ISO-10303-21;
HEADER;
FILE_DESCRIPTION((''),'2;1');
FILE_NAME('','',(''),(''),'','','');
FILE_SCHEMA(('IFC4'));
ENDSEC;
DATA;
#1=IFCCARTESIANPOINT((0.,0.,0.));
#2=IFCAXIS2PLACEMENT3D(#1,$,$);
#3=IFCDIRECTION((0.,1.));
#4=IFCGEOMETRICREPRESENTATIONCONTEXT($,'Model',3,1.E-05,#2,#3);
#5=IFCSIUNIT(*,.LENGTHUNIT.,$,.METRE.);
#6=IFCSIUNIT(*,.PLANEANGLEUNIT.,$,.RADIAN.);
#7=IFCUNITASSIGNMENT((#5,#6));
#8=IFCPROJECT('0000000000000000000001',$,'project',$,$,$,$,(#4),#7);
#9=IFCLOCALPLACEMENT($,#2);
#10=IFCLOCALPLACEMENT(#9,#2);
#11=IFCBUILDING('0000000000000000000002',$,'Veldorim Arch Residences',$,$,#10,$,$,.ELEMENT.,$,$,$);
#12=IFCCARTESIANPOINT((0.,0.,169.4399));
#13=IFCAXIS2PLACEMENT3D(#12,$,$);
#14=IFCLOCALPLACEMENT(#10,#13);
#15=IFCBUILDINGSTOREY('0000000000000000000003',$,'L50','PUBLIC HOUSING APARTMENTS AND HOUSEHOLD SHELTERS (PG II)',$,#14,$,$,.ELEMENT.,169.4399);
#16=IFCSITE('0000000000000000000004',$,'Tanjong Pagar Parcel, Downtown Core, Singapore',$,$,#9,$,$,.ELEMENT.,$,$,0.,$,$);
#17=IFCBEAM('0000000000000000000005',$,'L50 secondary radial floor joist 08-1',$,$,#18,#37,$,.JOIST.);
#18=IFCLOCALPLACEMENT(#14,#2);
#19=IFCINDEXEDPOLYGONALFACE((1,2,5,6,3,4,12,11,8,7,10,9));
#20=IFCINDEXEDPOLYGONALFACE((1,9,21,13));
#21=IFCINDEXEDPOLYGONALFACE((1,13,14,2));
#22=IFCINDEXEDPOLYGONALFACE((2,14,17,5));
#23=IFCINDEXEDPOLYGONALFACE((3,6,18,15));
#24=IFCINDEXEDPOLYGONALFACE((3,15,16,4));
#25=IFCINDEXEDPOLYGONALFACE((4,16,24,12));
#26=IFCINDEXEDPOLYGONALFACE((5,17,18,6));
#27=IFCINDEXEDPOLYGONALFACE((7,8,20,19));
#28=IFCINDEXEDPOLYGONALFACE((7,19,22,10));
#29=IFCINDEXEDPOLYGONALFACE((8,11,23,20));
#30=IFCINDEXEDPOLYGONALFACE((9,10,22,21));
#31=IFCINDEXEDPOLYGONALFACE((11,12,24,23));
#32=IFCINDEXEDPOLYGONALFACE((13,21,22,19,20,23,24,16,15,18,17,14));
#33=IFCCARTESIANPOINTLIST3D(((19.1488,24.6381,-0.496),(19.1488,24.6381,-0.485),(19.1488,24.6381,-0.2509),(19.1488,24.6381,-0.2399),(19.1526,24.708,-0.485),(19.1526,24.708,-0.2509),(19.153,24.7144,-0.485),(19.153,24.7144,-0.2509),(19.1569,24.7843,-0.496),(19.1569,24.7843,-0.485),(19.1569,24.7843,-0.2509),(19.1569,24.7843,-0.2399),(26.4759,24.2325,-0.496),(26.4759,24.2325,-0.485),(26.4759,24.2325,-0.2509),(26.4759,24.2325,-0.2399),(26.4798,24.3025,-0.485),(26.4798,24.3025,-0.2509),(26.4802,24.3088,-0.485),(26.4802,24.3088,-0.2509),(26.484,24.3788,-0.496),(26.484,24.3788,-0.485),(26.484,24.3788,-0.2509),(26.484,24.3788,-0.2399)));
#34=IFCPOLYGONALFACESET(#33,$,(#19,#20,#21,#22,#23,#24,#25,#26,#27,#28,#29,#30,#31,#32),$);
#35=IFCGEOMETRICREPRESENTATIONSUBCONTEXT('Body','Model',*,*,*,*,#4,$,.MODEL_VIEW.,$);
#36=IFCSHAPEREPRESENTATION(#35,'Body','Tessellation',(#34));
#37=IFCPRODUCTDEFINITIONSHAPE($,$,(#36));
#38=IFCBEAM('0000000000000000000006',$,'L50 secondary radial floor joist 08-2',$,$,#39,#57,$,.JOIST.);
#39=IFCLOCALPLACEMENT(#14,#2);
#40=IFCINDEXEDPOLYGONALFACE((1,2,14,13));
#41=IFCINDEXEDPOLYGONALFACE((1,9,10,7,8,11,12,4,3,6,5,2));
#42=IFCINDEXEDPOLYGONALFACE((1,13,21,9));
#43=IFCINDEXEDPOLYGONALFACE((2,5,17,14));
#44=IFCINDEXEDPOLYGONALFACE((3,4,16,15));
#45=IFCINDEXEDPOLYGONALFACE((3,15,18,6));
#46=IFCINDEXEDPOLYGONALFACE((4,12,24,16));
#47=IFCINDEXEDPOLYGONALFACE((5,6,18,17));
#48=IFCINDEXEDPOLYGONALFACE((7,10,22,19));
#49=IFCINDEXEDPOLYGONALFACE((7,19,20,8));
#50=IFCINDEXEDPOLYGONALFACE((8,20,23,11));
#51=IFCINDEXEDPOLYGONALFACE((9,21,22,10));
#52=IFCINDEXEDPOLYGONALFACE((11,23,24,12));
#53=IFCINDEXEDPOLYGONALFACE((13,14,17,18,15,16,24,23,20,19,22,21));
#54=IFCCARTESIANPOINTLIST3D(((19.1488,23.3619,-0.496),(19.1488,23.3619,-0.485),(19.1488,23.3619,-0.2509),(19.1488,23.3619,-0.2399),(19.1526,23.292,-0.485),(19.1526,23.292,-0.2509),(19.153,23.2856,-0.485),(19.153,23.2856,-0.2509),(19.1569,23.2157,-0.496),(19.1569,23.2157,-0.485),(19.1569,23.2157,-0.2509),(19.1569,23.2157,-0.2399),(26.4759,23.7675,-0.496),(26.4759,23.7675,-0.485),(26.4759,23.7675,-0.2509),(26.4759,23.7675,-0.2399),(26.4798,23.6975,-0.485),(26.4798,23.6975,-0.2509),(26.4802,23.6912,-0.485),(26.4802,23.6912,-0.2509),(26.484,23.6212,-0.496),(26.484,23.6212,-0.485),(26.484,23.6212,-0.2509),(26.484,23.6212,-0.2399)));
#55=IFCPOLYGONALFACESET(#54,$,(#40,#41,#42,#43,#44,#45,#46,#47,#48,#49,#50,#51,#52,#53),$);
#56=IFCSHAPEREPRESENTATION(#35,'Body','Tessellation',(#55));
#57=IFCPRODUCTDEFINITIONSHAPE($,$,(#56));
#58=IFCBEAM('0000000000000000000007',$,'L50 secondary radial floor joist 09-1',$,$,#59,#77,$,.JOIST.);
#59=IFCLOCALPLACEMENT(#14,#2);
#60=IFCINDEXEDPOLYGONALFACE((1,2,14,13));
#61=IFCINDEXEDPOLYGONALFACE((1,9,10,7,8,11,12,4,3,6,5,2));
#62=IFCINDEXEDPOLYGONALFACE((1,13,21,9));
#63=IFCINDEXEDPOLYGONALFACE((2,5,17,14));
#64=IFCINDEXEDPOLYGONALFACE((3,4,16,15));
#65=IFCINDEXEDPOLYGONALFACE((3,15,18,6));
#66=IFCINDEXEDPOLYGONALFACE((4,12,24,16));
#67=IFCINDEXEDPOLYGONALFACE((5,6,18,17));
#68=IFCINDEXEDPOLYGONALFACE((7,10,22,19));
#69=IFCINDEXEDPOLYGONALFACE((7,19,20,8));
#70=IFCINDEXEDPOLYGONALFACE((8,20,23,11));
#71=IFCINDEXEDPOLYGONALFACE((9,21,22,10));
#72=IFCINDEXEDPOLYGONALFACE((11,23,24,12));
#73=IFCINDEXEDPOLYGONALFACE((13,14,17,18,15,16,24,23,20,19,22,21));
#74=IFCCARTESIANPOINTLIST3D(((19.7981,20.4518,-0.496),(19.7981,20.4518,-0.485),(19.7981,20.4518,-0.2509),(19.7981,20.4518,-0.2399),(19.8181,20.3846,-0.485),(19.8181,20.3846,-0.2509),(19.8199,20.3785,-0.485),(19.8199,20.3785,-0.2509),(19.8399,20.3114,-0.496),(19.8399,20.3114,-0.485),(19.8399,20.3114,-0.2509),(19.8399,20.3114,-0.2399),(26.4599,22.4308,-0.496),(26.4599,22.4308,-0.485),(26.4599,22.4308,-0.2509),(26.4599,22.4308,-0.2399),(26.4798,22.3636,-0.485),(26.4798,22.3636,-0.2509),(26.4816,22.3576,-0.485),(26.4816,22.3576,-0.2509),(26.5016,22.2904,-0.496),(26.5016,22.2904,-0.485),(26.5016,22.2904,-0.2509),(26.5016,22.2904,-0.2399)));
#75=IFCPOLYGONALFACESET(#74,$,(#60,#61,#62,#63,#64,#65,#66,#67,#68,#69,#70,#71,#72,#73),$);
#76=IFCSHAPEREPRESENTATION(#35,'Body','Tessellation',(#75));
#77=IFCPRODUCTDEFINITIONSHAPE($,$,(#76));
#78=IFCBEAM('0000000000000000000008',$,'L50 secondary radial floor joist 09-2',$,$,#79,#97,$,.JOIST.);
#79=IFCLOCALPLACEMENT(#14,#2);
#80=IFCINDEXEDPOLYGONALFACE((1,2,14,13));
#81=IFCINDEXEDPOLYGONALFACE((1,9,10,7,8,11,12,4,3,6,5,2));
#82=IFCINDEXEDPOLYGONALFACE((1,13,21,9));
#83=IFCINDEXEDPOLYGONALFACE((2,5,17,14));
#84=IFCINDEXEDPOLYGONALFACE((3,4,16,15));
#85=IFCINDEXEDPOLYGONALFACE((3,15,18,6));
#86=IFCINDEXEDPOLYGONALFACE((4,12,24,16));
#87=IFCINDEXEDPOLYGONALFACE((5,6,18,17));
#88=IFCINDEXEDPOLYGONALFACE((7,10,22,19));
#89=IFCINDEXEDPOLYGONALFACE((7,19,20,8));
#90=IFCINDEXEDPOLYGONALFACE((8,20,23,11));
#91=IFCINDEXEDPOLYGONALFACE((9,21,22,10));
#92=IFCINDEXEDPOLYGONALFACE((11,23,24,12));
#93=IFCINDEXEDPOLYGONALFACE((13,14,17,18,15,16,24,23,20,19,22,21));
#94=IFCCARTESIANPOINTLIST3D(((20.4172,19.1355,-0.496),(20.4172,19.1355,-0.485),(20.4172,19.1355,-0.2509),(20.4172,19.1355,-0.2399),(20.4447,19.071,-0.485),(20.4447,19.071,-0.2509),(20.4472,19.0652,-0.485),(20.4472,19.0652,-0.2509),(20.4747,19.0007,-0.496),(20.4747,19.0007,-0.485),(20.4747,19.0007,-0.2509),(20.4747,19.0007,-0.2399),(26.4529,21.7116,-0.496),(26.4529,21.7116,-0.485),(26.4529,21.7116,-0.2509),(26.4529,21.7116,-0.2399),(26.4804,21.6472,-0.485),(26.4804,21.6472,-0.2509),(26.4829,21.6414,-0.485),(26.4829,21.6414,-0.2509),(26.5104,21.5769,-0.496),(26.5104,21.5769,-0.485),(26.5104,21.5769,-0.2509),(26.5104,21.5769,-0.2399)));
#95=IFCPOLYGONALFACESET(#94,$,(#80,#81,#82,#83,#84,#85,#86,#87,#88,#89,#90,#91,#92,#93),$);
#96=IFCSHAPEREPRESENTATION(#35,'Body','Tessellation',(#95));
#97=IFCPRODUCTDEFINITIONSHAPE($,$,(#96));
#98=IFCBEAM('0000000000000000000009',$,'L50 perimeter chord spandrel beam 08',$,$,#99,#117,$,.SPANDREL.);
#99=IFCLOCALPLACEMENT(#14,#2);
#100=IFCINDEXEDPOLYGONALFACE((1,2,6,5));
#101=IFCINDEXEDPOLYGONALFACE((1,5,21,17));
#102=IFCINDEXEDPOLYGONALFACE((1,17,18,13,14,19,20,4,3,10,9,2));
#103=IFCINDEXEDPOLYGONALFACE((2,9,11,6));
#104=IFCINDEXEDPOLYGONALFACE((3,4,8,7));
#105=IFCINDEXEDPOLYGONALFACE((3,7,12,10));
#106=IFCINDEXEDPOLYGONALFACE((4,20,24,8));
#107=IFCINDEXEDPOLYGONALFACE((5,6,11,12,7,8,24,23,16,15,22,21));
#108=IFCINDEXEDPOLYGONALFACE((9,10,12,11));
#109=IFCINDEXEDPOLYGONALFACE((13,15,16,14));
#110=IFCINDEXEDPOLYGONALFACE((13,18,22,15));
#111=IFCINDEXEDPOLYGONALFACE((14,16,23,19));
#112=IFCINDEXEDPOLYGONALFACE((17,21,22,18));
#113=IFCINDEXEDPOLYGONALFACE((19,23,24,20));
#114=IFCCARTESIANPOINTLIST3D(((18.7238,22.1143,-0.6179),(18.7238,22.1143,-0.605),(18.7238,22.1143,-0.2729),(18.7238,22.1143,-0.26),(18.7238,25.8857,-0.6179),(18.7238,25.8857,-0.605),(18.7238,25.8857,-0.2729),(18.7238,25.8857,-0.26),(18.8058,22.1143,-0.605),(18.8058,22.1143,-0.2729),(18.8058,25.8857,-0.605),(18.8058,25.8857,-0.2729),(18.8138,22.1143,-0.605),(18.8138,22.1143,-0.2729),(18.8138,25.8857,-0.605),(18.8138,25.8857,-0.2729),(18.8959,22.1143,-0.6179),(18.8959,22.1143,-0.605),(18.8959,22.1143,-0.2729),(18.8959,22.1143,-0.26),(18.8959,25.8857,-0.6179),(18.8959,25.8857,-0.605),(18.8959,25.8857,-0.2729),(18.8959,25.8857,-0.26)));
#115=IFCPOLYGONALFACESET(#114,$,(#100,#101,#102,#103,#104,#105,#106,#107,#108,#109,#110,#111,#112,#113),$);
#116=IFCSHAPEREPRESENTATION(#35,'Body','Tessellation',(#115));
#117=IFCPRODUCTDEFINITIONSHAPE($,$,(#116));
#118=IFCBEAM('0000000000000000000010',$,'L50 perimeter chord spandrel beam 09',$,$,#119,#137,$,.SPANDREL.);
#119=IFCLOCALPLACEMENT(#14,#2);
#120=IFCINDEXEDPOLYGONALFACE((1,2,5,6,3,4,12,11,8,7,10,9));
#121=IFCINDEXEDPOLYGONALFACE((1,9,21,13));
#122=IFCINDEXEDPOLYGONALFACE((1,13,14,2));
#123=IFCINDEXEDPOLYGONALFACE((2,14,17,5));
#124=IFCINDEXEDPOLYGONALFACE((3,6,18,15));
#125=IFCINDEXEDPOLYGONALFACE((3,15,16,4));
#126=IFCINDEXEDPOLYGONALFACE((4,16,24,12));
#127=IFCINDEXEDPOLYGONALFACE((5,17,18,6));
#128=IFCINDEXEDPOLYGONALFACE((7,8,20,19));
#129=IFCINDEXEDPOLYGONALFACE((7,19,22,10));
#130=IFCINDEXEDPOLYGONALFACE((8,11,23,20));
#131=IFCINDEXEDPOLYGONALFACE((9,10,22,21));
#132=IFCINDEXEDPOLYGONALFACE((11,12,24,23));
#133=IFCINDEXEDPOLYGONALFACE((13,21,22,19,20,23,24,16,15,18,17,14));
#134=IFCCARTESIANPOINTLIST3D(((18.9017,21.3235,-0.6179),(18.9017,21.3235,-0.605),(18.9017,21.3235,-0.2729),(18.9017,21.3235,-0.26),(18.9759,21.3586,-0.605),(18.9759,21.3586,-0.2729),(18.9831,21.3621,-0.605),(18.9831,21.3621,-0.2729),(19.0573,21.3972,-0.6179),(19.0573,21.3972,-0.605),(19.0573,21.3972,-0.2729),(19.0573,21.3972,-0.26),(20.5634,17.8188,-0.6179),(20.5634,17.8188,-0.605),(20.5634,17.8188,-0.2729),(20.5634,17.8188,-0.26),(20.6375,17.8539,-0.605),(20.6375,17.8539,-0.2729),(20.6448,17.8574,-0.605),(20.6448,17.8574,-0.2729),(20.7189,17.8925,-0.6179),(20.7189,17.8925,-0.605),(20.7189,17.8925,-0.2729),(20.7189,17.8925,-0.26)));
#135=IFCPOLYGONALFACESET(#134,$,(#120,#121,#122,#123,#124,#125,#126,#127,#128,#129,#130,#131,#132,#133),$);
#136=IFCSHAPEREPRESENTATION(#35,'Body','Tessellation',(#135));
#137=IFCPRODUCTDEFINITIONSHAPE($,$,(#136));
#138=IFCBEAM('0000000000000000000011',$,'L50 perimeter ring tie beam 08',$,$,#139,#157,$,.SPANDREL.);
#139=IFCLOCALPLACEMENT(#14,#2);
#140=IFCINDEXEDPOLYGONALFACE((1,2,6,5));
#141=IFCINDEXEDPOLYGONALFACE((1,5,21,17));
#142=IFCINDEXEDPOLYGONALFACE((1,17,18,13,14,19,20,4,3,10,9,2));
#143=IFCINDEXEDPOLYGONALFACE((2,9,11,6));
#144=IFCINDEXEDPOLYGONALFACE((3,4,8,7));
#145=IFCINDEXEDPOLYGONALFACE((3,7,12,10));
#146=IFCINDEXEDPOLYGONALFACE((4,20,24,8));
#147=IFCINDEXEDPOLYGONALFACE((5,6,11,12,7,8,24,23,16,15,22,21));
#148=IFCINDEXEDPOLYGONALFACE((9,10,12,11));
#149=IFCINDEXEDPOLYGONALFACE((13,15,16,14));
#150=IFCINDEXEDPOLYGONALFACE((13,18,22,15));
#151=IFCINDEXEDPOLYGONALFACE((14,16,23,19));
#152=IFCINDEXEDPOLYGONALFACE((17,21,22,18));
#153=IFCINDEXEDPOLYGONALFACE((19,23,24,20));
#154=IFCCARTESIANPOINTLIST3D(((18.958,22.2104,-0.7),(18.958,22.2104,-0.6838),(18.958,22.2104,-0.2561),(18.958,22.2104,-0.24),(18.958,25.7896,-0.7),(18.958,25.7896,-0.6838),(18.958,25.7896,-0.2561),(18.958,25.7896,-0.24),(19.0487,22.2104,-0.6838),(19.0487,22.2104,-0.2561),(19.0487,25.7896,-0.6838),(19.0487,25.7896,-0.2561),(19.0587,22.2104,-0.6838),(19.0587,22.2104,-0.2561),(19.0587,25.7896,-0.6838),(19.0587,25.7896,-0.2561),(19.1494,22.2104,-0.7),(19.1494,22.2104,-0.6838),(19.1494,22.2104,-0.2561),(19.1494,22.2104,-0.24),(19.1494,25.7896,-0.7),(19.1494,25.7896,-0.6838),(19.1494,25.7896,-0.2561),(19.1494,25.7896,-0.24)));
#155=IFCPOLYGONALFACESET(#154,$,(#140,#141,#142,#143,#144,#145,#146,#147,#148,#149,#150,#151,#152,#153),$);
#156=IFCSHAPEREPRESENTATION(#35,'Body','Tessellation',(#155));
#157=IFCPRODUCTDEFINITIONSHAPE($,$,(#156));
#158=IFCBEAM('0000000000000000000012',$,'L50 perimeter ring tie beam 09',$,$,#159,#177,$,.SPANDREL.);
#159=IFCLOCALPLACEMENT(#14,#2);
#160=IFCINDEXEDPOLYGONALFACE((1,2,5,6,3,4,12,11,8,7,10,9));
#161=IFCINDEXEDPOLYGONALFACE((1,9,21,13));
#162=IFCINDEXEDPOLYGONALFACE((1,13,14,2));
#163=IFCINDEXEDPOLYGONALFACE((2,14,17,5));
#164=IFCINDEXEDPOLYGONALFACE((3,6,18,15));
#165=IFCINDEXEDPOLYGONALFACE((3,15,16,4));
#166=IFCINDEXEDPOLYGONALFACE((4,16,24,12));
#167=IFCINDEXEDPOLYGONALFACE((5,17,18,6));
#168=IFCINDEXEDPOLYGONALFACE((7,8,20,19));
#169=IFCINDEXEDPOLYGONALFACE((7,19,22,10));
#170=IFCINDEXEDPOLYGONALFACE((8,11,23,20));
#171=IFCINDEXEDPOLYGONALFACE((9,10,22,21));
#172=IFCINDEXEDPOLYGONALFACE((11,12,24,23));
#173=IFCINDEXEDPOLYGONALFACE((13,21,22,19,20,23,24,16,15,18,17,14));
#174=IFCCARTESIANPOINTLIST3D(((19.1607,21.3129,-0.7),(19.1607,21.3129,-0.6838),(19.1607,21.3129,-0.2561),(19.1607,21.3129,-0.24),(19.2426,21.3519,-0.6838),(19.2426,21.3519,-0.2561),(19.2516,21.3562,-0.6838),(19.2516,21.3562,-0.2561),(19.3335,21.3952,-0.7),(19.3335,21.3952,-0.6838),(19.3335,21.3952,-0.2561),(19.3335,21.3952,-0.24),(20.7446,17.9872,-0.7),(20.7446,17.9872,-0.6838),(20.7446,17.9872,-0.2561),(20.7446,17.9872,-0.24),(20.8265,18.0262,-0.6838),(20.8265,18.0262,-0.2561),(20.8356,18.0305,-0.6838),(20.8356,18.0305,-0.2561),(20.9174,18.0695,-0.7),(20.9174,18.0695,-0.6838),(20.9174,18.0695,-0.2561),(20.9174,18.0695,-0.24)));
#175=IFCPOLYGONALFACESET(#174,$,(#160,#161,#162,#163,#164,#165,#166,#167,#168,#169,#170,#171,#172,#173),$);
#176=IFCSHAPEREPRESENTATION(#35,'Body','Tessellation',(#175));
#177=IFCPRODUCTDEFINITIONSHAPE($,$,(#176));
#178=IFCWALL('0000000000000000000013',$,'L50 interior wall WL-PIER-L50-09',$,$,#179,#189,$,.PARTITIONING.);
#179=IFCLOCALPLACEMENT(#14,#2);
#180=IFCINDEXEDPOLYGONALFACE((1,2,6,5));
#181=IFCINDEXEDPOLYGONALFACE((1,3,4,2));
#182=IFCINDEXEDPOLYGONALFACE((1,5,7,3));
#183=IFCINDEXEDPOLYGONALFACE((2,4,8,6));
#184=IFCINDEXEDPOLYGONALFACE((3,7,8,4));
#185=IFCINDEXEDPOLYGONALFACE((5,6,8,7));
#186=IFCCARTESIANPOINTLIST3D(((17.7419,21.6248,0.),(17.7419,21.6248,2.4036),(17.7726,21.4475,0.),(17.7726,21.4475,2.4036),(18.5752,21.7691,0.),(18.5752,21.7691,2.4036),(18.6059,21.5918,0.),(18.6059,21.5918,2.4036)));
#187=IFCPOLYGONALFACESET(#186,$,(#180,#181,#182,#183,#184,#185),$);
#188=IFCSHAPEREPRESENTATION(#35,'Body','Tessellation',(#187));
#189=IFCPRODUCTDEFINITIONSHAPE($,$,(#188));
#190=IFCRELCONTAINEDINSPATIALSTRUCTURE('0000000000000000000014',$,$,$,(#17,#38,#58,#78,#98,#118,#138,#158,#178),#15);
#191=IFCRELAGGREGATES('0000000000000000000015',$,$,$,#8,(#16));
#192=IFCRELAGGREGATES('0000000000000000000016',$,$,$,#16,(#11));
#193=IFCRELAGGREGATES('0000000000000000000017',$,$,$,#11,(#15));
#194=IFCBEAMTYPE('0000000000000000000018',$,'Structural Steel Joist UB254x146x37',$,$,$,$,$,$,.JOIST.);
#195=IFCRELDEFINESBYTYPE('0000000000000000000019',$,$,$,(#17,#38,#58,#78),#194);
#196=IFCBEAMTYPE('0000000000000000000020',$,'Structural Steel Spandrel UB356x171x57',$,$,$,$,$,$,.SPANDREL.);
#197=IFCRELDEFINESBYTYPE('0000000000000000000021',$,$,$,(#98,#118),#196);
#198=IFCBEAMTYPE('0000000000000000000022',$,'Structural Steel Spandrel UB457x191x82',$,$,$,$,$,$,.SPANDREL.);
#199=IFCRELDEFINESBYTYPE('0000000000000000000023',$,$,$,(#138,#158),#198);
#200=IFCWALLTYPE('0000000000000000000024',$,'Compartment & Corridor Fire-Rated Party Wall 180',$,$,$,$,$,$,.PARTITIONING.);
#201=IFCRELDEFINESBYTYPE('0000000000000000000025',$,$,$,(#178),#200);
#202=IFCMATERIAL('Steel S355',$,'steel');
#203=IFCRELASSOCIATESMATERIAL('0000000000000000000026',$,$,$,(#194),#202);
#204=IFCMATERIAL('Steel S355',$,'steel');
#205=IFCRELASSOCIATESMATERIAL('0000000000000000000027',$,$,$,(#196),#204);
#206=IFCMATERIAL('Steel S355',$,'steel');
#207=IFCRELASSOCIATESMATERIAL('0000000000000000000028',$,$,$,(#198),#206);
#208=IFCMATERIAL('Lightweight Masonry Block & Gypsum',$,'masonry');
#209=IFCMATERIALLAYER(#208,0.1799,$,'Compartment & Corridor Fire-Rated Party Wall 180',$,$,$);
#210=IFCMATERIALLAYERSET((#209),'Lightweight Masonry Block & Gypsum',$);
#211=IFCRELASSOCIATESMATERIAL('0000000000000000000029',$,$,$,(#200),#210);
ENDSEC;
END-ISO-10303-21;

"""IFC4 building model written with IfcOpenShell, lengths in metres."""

from ifc_helpers import new_model, si_unit, direction, frame, frame_2d, origin, origin_2d, place, context, subcontext, project, spatial, rectangle, i_section, extrude, material, layer, layer_set, material_profile, profile_set, type_object, element, save


model = new_model("IFC4")

# Units and contexts
model_context = context("Model", 3, precision=1e-05, world=origin(), true_north=direction((0.0, 1.0)))
body_context = subcontext(model_context, "Body", "Model", "MODEL_VIEW")
ifc_project = project(units=[si_unit("LENGTHUNIT", "METRE"), si_unit("PLANEANGLEUNIT", "RADIAN")], contexts=[model_context])

# Site, building, storey
site_placement = place(None, origin())
site = spatial("IfcSite", under=ifc_project, at=site_placement, Name="Tanjong Pagar Parcel, Downtown Core, Singapore", CompositionType="ELEMENT", RefElevation=0.0)
building_placement = place(site_placement, origin())
building = spatial("IfcBuilding", under=site, at=building_placement, Name="Veldorim Arch Residences", CompositionType="ELEMENT")
storey_placement = place(building_placement, frame((0.0, 0.0, 169.4399)))
storey = spatial("IfcBuildingStorey", under=building, at=storey_placement, Name="L50", Description="PUBLIC HOUSING APARTMENTS AND HOUSEHOLD SHELTERS (PG II)", CompositionType="ELEMENT", Elevation=169.4399)

# Beams
ifc_material_1 = material(Name="Steel S355", Category="steel")
ifc_material_profile_1 = material_profile(ifc_material_1, i_section(OverallWidth=0.1465, OverallDepth=0.2561, WebThickness=0.0063, FlangeThickness=0.011, at=origin_2d()), Name="UB254x146x37")
ifc_profile_set_1 = profile_set([ifc_material_profile_1], Name="Steel S355")
beam_type_1 = type_object("IfcBeamType", Name="Structural Steel Joist UB254x146x37", PredefinedType="JOIST", material=ifc_profile_set_1)
for number, where, z_axis, x_axis, name in (
    (1, (26.48, 24.3057, -0.3679), (-0.998472, 0.05526, 0.0), (-0.05526, -0.998472, 0.0), "L50 secondary radial floor joist 08-1"),
    (2, (26.48, 23.6943, -0.3679), (-0.998472, -0.05526, 0.0), (0.05526, -0.998472, 0.0), "L50 secondary radial floor joist 08-2"),
):
    element("IfcBeam", number, at=place(storey_placement, frame(where, z_axis=z_axis, x_axis=x_axis)), inside=storey, type_object=beam_type_1, Name=name, PredefinedType="JOIST", context=body_context, shape_type="SweptSolid", body=[
        extrude(i_section(OverallWidth=0.1465, OverallDepth=0.2561, WebThickness=0.0063, FlangeThickness=0.011, at=origin_2d()), origin(), (0.0, 0.0, 1.0), 7.3384),
    ])
beam_1_placement = place(storey_placement, frame((26.4807, 22.3606, -0.3679), z_axis=(-0.958594, -0.284775, 0.0), x_axis=(0.284775, -0.958594, 0.0)))
element("IfcBeam", 3, at=beam_1_placement, inside=storey, type_object=beam_type_1, Name="L50 secondary radial floor joist 09-1", PredefinedType="JOIST", context=body_context, shape_type="SweptSolid", body=[
    extrude(i_section(OverallWidth=0.1465, OverallDepth=0.2561, WebThickness=0.0063, FlangeThickness=0.011, at=origin_2d()), origin(), (0.0, 0.0, 1.0), 6.9495),
])
beam_2_placement = place(storey_placement, frame((26.4817, 21.6443, -0.3679), z_axis=(-0.919725, -0.392563, 0.0), x_axis=(0.392563, -0.919725, 0.0)))
element("IfcBeam", 4, at=beam_2_placement, inside=storey, type_object=beam_type_1, Name="L50 secondary radial floor joist 09-2", PredefinedType="JOIST", context=body_context, shape_type="SweptSolid", body=[
    extrude(i_section(OverallWidth=0.1465, OverallDepth=0.2561, WebThickness=0.0063, FlangeThickness=0.011, at=origin_2d()), origin(), (0.0, 0.0, 1.0), 6.5625),
])
ifc_material_2 = material(Name="Steel S355", Category="steel")
ifc_material_profile_2 = material_profile(ifc_material_2, i_section(OverallWidth=0.1721, OverallDepth=0.3579, WebThickness=0.0081, FlangeThickness=0.0129, at=origin_2d()), Name="UB356x171x57")
ifc_profile_set_2 = profile_set([ifc_material_profile_2], Name="Steel S355")
beam_type_2 = type_object("IfcBeamType", Name="Structural Steel Spandrel UB356x171x57", PredefinedType="SPANDREL", material=ifc_profile_set_2)
beam_3_placement = place(storey_placement, frame((18.8098, 25.8857, -0.439), z_axis=(0.0, -1.0, 0.0), x_axis=(1.0, 0.0, 0.0)))
element("IfcBeam", 5, at=beam_3_placement, inside=storey, type_object=beam_type_2, Name="L50 perimeter chord spandrel beam 08", PredefinedType="SPANDREL", context=body_context, shape_type="SweptSolid", body=[
    extrude(i_section(OverallWidth=0.1721, OverallDepth=0.3579, WebThickness=0.0081, FlangeThickness=0.0129, at=origin_2d()), origin(), (0.0, 0.0, 1.0), 3.7715),
])
beam_4_placement = place(storey_placement, frame((18.9795, 21.3604, -0.439), z_axis=(0.428408, -0.903585, 0.0), x_axis=(0.903585, 0.428408, 0.0)))
element("IfcBeam", 6, at=beam_4_placement, inside=storey, type_object=beam_type_2, Name="L50 perimeter chord spandrel beam 09", PredefinedType="SPANDREL", context=body_context, shape_type="SweptSolid", body=[
    extrude(i_section(OverallWidth=0.1721, OverallDepth=0.3579, WebThickness=0.0081, FlangeThickness=0.0129, at=origin_2d()), origin(), (0.0, 0.0, 1.0), 3.8787),
])
ifc_material_3 = material(Name="Steel S355", Category="steel")
ifc_material_profile_3 = material_profile(ifc_material_3, i_section(OverallWidth=0.1914, OverallDepth=0.46, WebThickness=0.01, FlangeThickness=0.0161, at=origin_2d()), Name="UB457x191x82")
ifc_profile_set_3 = profile_set([ifc_material_profile_3], Name="Steel S355")
beam_type_3 = type_object("IfcBeamType", Name="Structural Steel Spandrel UB457x191x82", PredefinedType="SPANDREL", material=ifc_profile_set_3)
beam_5_placement = place(storey_placement, frame((19.0537, 25.7896, -0.47), z_axis=(0.0, -1.0, 0.0), x_axis=(1.0, 0.0, 0.0)))
element("IfcBeam", 7, at=beam_5_placement, inside=storey, type_object=beam_type_3, Name="L50 perimeter ring tie beam 08", PredefinedType="SPANDREL", context=body_context, shape_type="SweptSolid", body=[
    extrude(i_section(OverallWidth=0.1914, OverallDepth=0.46, WebThickness=0.01, FlangeThickness=0.0161, at=origin_2d()), origin(), (0.0, 0.0, 1.0), 3.5791),
])
beam_6_placement = place(storey_placement, frame((19.2471, 21.354, -0.47), z_axis=(0.430006, -0.902826, 0.0), x_axis=(0.902826, 0.430006, 0.0)))
element("IfcBeam", 8, at=beam_6_placement, inside=storey, type_object=beam_type_3, Name="L50 perimeter ring tie beam 09", PredefinedType="SPANDREL", context=body_context, shape_type="SweptSolid", body=[
    extrude(i_section(OverallWidth=0.1914, OverallDepth=0.46, WebThickness=0.01, FlangeThickness=0.0161, at=origin_2d()), origin(), (0.0, 0.0, 1.0), 3.6836),
])

# Wall
ifc_material_4 = material(Name="Lightweight Masonry Block & Gypsum", Category="masonry")
ifc_layer_1 = layer(ifc_material_4, 0.1799, Name="Compartment & Corridor Fire-Rated Party Wall 180")
ifc_layer_set_1 = layer_set([ifc_layer_1], Name="Lightweight Masonry Block & Gypsum")
wall_type_1 = type_object("IfcWallType", Name="Compartment & Corridor Fire-Rated Party Wall 180", PredefinedType="PARTITIONING", material=ifc_layer_set_1)
wall_1_placement = place(storey_placement, frame((18.5906, 21.6804, 0.0), z_axis=(0.0, 0.0, 1.0), x_axis=(-0.985337, -0.170622, 0.0)))
element("IfcWall", 9, at=wall_1_placement, inside=storey, type_object=wall_type_1, Name="L50 interior wall WL-PIER-L50-09", PredefinedType="PARTITIONING", context=body_context, shape_type="SweptSolid", body=[
    extrude(rectangle(XDim=0.8457, YDim=0.1799, at=frame_2d((0.4229, 0.0))), origin(), (0.0, 0.0, 1.0), 2.4036),
])

save(model, "model.ifc")
